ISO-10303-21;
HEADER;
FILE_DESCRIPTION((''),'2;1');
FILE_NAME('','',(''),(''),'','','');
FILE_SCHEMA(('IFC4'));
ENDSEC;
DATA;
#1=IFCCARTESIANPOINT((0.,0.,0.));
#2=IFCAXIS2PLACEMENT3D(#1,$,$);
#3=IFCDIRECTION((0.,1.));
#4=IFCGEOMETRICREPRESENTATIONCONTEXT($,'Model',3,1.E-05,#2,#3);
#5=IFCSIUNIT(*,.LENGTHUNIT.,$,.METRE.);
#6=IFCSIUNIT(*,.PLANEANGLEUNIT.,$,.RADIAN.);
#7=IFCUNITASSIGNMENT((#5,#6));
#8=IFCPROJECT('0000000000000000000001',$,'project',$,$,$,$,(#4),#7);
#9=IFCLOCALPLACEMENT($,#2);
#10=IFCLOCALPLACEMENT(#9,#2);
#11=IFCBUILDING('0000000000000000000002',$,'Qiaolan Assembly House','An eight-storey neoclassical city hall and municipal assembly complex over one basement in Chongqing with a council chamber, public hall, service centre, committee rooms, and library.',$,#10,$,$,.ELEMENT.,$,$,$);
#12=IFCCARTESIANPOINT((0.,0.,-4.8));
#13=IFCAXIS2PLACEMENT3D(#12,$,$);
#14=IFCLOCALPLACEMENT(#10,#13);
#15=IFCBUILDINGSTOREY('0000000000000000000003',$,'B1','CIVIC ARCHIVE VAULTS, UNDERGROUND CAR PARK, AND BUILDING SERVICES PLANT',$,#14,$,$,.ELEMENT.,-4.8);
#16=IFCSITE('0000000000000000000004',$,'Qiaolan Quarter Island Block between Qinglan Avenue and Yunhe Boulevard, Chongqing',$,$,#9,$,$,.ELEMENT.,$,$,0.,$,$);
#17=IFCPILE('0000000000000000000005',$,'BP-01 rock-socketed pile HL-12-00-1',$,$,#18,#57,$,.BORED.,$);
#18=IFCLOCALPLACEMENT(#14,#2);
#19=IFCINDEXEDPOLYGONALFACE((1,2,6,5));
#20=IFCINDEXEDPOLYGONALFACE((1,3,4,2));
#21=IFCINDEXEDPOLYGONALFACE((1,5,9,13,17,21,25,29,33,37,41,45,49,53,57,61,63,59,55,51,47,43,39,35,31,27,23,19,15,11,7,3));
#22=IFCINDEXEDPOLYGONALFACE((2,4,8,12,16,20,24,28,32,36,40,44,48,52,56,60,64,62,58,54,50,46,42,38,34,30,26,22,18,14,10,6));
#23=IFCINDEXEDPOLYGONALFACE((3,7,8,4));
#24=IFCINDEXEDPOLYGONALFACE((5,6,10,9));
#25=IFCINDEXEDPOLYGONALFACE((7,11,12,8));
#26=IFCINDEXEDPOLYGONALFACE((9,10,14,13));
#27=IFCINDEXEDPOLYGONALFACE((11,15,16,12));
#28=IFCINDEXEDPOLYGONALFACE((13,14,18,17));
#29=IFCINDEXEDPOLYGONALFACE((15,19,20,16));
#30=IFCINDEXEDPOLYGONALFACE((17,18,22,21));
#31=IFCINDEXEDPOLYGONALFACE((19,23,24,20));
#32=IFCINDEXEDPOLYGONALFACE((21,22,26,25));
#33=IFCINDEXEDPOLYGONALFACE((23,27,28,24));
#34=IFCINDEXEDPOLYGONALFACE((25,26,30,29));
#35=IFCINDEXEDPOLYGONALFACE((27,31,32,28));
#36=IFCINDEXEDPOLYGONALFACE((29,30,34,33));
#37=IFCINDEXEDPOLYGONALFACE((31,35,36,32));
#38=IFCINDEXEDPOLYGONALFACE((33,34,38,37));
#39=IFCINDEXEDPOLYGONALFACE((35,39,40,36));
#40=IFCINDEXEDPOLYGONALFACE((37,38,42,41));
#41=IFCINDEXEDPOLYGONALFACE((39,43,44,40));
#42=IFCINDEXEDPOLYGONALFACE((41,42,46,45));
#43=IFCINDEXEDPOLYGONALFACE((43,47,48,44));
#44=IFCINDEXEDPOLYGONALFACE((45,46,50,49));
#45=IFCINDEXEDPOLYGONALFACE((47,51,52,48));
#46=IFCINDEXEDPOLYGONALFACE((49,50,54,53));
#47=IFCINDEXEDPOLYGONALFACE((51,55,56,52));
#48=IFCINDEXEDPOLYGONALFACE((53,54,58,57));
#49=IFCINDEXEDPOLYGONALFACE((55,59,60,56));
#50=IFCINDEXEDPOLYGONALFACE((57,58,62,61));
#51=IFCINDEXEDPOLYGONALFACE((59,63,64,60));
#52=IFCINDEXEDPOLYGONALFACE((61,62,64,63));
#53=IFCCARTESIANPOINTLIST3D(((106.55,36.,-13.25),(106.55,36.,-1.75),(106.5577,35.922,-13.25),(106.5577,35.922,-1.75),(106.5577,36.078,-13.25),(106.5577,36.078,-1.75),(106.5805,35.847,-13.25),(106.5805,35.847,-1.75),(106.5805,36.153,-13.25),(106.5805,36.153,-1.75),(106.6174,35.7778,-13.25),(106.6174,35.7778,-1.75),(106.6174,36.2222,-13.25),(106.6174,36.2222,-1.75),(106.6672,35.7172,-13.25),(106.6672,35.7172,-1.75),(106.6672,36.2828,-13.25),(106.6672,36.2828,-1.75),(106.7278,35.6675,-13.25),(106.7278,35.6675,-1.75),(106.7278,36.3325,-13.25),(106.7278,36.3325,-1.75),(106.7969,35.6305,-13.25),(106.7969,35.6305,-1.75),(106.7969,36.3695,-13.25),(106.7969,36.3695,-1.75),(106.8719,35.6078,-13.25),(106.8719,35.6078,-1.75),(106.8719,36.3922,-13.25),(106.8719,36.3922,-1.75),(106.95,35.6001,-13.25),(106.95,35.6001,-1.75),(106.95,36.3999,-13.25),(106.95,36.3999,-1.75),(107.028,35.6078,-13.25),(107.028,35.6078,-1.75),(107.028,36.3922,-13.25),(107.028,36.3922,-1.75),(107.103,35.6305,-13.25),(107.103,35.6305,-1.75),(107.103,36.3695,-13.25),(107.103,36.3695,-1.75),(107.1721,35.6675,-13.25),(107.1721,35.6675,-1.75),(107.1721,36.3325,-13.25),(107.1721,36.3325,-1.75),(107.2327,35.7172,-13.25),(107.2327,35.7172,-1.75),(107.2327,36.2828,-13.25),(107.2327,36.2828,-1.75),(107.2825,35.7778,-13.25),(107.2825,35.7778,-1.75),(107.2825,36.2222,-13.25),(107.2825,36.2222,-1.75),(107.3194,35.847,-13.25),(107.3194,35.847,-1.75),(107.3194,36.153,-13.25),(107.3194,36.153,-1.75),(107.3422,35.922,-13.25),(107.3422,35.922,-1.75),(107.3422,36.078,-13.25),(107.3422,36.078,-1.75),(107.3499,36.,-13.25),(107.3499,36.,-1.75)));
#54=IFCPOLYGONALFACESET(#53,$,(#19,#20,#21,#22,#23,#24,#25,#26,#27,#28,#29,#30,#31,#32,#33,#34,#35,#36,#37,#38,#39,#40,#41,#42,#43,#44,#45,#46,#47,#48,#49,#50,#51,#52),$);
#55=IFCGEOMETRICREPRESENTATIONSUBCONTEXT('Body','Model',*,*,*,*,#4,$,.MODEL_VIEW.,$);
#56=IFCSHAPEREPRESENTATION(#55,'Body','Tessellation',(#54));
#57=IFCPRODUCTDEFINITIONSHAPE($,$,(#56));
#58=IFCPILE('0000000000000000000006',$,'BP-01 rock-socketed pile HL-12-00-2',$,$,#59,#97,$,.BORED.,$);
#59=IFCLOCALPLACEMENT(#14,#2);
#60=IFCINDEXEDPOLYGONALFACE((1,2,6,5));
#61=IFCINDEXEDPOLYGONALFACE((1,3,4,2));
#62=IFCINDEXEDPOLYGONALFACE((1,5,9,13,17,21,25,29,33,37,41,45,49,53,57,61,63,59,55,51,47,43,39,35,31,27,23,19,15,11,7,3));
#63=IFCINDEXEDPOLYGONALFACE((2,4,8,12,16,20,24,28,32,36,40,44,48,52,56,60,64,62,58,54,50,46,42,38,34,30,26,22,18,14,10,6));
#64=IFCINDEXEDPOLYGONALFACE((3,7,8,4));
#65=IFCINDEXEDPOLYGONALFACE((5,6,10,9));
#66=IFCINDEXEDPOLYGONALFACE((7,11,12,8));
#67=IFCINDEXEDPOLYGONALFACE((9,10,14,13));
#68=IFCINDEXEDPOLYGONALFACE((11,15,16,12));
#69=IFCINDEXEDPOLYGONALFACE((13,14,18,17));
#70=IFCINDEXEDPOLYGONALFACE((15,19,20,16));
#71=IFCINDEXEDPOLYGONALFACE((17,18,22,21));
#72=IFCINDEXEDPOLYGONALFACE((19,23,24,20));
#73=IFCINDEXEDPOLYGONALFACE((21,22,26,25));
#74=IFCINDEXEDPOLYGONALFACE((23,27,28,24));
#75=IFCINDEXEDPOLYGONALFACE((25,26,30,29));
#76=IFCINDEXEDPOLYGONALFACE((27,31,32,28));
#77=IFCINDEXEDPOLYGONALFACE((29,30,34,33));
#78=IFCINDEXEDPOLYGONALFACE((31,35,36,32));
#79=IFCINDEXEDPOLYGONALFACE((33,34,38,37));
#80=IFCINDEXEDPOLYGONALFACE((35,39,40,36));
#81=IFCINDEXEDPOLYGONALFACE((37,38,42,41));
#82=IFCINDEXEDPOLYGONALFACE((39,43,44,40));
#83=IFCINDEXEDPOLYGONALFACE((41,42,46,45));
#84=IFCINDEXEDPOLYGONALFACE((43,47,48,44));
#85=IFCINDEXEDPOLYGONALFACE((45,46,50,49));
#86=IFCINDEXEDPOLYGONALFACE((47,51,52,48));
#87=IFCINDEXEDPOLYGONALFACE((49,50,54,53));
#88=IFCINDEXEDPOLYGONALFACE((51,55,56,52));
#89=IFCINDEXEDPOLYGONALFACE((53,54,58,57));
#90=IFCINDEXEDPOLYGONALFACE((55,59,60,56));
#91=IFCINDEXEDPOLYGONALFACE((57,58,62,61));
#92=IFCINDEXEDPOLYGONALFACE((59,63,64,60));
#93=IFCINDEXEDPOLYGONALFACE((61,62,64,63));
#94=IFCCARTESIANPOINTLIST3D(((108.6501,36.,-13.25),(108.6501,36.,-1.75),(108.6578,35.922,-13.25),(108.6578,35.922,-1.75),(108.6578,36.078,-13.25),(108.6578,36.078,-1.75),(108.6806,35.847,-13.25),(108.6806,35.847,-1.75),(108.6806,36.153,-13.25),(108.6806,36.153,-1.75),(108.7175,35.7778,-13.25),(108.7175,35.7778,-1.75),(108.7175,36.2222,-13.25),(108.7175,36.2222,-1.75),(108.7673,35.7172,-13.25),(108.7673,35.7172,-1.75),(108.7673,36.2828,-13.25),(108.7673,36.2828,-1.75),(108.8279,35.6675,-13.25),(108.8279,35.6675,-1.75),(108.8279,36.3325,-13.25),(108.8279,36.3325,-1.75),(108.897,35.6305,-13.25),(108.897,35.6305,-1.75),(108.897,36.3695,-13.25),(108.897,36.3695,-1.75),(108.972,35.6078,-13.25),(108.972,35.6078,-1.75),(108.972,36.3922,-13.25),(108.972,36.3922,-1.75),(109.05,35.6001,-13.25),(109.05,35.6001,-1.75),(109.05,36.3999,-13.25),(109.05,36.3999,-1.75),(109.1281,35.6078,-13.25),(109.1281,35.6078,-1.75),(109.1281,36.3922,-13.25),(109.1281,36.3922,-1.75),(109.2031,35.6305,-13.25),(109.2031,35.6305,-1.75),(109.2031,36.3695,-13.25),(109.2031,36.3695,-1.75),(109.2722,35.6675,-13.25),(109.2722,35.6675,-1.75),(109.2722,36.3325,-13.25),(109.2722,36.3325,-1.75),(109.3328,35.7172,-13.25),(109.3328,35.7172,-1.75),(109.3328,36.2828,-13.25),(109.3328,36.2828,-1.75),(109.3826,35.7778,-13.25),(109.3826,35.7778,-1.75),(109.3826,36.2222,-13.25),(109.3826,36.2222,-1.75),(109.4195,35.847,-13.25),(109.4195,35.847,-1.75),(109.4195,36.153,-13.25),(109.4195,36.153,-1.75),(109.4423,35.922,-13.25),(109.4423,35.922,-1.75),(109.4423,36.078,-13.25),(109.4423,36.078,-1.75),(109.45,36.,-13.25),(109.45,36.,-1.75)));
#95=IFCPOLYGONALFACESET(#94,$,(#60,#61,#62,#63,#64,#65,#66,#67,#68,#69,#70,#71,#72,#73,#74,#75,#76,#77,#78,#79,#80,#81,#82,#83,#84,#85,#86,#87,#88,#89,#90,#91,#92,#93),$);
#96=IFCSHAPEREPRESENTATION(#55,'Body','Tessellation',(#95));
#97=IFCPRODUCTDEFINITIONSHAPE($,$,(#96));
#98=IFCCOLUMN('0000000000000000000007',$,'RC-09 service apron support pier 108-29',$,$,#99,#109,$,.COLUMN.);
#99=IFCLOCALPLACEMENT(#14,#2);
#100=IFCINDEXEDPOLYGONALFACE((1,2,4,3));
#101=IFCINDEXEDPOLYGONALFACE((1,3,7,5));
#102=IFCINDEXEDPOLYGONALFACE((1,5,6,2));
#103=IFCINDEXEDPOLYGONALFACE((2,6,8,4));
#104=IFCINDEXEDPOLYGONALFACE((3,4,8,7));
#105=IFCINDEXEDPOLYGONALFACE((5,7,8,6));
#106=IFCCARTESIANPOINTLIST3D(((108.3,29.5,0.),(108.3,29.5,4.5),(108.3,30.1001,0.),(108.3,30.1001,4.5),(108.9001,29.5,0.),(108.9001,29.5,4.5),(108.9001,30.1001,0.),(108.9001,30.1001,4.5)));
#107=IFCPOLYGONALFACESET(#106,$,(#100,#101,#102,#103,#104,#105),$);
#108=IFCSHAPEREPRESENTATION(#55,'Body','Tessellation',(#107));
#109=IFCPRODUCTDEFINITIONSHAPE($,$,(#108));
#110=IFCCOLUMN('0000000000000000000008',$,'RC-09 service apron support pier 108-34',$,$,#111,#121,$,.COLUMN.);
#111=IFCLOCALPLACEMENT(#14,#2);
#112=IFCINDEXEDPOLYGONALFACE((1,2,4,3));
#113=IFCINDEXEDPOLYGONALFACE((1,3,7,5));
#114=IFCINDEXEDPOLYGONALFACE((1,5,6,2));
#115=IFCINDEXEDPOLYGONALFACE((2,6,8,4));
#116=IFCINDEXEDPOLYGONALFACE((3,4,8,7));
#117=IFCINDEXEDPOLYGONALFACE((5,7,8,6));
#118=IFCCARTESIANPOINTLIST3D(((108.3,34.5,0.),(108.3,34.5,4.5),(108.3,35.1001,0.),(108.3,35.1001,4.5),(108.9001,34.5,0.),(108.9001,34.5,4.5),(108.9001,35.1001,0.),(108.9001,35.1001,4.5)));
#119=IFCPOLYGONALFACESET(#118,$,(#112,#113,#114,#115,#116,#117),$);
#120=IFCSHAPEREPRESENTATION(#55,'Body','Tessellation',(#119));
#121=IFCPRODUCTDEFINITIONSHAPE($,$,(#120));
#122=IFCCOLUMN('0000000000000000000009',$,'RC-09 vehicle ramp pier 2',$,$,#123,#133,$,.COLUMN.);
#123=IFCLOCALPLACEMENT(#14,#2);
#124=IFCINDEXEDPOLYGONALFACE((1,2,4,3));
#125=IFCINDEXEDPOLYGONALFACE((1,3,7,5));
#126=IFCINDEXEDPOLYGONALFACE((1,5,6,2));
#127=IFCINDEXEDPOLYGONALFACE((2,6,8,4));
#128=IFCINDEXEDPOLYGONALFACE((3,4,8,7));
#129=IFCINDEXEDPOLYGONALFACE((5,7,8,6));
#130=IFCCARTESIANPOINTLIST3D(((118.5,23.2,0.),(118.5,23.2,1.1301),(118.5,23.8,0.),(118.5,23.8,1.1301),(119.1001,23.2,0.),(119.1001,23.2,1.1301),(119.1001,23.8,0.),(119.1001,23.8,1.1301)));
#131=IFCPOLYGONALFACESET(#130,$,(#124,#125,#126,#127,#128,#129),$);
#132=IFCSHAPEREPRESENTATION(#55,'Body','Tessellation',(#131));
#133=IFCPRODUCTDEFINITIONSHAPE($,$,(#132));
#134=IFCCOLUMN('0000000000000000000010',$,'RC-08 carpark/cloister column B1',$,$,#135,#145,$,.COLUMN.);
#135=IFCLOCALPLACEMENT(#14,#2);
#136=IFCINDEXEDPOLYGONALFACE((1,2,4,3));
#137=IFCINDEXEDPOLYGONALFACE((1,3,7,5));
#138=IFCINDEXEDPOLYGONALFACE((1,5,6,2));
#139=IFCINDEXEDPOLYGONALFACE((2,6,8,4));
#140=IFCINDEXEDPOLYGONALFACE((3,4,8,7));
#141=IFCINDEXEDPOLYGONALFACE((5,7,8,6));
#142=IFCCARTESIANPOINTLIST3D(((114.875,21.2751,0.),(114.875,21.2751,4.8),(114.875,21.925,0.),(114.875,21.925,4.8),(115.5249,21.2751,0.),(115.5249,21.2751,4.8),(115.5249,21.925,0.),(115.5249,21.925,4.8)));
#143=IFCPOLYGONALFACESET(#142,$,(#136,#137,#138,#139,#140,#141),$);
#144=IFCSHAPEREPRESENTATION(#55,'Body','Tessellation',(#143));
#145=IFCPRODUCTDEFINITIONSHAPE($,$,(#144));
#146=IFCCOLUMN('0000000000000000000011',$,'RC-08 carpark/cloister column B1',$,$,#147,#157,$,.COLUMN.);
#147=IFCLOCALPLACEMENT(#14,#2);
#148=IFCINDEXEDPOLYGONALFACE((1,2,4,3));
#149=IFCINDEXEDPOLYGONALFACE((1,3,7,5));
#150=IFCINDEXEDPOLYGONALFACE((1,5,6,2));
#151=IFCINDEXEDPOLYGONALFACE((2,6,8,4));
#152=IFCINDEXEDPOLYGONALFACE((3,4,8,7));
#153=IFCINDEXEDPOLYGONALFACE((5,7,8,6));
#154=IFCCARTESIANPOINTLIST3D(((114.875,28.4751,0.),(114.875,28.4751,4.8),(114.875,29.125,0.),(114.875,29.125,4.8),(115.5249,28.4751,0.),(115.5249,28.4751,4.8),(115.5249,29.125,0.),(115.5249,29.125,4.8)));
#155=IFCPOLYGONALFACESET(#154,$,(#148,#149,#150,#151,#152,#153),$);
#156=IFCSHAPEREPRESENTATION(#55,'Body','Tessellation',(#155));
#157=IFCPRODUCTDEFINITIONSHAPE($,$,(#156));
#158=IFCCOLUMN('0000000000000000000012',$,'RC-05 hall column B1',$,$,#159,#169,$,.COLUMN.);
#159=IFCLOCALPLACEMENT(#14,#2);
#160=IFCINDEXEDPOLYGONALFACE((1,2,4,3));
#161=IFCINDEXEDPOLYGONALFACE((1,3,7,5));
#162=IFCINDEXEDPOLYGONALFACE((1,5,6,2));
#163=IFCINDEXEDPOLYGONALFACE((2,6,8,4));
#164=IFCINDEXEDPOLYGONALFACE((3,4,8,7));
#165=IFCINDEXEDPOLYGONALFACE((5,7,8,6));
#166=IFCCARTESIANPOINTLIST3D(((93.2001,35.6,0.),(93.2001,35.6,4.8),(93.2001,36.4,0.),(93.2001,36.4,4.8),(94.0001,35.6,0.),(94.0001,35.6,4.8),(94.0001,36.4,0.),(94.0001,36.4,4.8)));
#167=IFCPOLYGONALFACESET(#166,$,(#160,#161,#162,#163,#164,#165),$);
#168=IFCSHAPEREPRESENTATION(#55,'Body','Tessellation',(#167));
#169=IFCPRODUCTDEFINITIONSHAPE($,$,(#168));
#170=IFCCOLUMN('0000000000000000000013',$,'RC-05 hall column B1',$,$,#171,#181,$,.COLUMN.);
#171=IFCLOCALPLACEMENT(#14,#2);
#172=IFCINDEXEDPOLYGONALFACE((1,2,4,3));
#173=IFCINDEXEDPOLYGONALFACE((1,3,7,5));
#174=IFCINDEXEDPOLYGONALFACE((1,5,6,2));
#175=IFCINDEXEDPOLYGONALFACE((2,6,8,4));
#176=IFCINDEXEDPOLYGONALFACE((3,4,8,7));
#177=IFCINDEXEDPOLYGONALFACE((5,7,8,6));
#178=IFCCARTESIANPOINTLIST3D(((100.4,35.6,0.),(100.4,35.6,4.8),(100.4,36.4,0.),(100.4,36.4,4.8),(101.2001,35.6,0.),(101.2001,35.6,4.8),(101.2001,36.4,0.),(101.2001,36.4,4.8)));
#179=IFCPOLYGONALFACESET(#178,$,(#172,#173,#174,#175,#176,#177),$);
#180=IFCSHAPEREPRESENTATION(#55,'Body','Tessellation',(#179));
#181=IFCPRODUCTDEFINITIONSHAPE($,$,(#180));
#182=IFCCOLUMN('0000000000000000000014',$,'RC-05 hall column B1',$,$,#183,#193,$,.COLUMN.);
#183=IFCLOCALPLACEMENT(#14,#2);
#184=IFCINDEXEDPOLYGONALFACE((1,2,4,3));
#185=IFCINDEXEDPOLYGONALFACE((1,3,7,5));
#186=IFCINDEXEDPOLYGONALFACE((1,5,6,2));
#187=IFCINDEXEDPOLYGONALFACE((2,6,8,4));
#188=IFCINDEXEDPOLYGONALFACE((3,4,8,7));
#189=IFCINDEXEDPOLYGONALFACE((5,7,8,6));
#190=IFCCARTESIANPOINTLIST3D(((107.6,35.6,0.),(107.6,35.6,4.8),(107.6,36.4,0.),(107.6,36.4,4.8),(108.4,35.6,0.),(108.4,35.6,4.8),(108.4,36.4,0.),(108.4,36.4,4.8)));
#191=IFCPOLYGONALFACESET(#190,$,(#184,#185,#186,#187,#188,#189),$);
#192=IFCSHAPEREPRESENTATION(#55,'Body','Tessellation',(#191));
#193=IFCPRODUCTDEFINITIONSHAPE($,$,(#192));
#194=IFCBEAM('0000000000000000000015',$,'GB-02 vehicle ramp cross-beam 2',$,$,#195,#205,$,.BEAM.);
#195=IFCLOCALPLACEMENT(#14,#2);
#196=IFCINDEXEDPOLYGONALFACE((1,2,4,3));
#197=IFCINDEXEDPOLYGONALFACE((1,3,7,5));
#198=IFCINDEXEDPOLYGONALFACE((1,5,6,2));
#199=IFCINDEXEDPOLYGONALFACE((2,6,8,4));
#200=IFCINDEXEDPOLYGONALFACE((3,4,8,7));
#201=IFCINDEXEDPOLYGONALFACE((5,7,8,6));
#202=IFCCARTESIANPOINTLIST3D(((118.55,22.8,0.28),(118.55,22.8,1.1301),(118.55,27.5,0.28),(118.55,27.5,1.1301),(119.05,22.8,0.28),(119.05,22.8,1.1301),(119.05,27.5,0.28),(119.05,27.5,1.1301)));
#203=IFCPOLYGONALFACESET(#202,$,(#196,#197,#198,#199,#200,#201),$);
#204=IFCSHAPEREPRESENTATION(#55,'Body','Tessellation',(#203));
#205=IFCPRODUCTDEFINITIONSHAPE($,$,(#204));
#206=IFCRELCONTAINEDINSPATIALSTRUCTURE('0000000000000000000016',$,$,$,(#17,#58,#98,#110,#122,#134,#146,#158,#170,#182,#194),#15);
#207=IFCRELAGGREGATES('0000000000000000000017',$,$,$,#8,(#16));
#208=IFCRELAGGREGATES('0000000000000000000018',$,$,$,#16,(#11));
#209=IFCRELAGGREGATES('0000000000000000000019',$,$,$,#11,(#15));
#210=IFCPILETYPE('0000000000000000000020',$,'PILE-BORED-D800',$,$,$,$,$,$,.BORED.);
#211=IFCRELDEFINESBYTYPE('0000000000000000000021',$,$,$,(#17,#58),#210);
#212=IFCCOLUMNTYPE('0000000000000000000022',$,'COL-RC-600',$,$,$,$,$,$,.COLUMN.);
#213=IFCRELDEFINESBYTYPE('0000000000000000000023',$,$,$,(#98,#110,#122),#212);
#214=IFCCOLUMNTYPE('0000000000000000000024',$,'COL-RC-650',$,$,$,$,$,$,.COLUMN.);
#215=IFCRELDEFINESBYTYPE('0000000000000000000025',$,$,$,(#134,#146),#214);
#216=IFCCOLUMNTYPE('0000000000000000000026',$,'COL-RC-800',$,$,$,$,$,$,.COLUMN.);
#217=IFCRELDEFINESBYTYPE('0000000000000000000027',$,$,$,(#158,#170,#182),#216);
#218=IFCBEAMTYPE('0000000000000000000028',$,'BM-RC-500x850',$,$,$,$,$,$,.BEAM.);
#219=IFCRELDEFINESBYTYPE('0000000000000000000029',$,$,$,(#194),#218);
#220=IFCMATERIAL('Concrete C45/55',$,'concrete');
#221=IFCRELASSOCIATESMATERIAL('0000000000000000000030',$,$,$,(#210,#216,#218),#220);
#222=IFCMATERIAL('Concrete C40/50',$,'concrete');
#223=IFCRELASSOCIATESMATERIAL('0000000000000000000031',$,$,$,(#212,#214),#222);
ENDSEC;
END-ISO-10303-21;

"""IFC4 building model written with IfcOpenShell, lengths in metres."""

from ifc_helpers import new_model, si_unit, direction, frame, origin, origin_2d, place, context, subcontext, project, spatial, rectangle, circle, extrude, material, material_profile, profile_set, type_object, element, save


model = new_model("IFC4")

# Units and contexts
model_context = context("Model", 3, precision=1e-05, world=origin(), true_north=direction((0.0, 1.0)))
body_context = subcontext(model_context, "Body", "Model", "MODEL_VIEW")
ifc_project = project(units=[si_unit("LENGTHUNIT", "METRE"), si_unit("PLANEANGLEUNIT", "RADIAN")], contexts=[model_context])

# Site, building, storey
site_placement = place(None, origin())
site = spatial("IfcSite", under=ifc_project, at=site_placement, Name="Qiaolan Quarter Island Block between Qinglan Avenue and Yunhe Boulevard, Chongqing", CompositionType="ELEMENT", RefElevation=0.0)
building_placement = place(site_placement, origin())
building = spatial("IfcBuilding", under=site, at=building_placement, Name="Qiaolan Assembly House", Description="An eight-storey neoclassical city hall and municipal assembly complex over one basement in Chongqing with a council chamber, public hall, service centre, committee rooms, and library.", CompositionType="ELEMENT")
storey_placement = place(building_placement, frame((0.0, 0.0, -4.8)))
storey = spatial("IfcBuildingStorey", under=building, at=storey_placement, Name="B1", Description="CIVIC ARCHIVE VAULTS, UNDERGROUND CAR PARK, AND BUILDING SERVICES PLANT", CompositionType="ELEMENT", Elevation=-4.8)

# Shared definitions
ifc_material_1 = material(Name="Concrete C40/50", Category="concrete")

# Piles
ifc_material_2 = material(Name="Concrete C45/55", Category="concrete")
ifc_material_profile_1 = material_profile(ifc_material_2, circle(Radius=0.3999, at=origin_2d()), Name="PILE D800")
ifc_profile_set_1 = profile_set([ifc_material_profile_1], Name="Concrete C45/55")
pile_type = type_object("IfcPileType", Name="PILE-BORED-D800", PredefinedType="BORED", material=ifc_profile_set_1)
for number, where, z_axis, x_axis, name in (
    (1, (106.95, 36.0, -1.75), (0.0, 0.0, -1.0), (1.0, 0.0, 0.0), "BP-01 rock-socketed pile HL-12-00-1"),
    (2, (109.05, 36.0, -1.75), (0.0, 0.0, -1.0), (1.0, 0.0, 0.0), "BP-01 rock-socketed pile HL-12-00-2"),
):
    element("IfcPile", number, at=place(storey_placement, frame(where, z_axis=z_axis, x_axis=x_axis)), inside=storey, type_object=pile_type, Name=name, PredefinedType="BORED", context=body_context, shape_type="SweptSolid", body=[
        extrude(circle(Radius=0.3999, at=origin_2d()), origin(), (0.0, 0.0, 1.0), 11.5),
    ])

# Columns
ifc_material_profile_2 = material_profile(ifc_material_1, rectangle(XDim=0.6001, YDim=0.6001, at=origin_2d()), Name="RC 600x600")
ifc_profile_set_2 = profile_set([ifc_material_profile_2], Name="Concrete C40/50")
column_type_1 = type_object("IfcColumnType", Name="COL-RC-600", PredefinedType="COLUMN", material=ifc_profile_set_2)
for number, where, z_axis, x_axis, name in (
    (3, (108.6001, 29.8, 0.0), (0.0, 0.0, 1.0), (1.0, 0.0, 0.0), "RC-09 service apron support pier 108-29"),
    (4, (108.6001, 34.8, 0.0), (0.0, 0.0, 1.0), (1.0, 0.0, 0.0), "RC-09 service apron support pier 108-34"),
):
    element("IfcColumn", number, at=place(storey_placement, frame(where, z_axis=z_axis, x_axis=x_axis)), inside=storey, type_object=column_type_1, Name=name, PredefinedType="COLUMN", context=body_context, shape_type="SweptSolid", body=[
        extrude(rectangle(XDim=0.6001, YDim=0.6001, at=origin_2d()), origin(), (0.0, 0.0, 1.0), 4.5),
    ])
column_placement = place(storey_placement, frame((118.8, 23.5, 0.0), z_axis=(0.0, 0.0, 1.0), x_axis=(1.0, 0.0, 0.0)))
element("IfcColumn", 5, at=column_placement, inside=storey, type_object=column_type_1, Name="RC-09 vehicle ramp pier 2", PredefinedType="COLUMN", context=body_context, shape_type="SweptSolid", body=[
    extrude(rectangle(XDim=0.6001, YDim=0.6001, at=origin_2d()), origin(), (0.0, 0.0, 1.0), 1.1301),
])
ifc_material_profile_3 = material_profile(ifc_material_1, rectangle(XDim=0.6499, YDim=0.6499, at=origin_2d()), Name="RC 650x650")
ifc_profile_set_3 = profile_set([ifc_material_profile_3], Name="Concrete C40/50")
column_type_2 = type_object("IfcColumnType", Name="COL-RC-650", PredefinedType="COLUMN", material=ifc_profile_set_3)
for number, where, z_axis, x_axis, name in (
    (6, (115.2, 21.6001, 0.0), (0.0, 0.0, 1.0), (1.0, 0.0, 0.0), "RC-08 carpark/cloister column B1"),
    (7, (115.2, 28.8, 0.0), (0.0, 0.0, 1.0), (1.0, 0.0, 0.0), "RC-08 carpark/cloister column B1"),
):
    element("IfcColumn", number, at=place(storey_placement, frame(where, z_axis=z_axis, x_axis=x_axis)), inside=storey, type_object=column_type_2, Name=name, PredefinedType="COLUMN", context=body_context, shape_type="SweptSolid", body=[
        extrude(rectangle(XDim=0.6499, YDim=0.6499, at=origin_2d()), origin(), (0.0, 0.0, 1.0), 4.8),
    ])
ifc_material_profile_4 = material_profile(ifc_material_2, rectangle(XDim=0.8, YDim=0.8, at=origin_2d()), Name="RC 800x800")
ifc_profile_set_4 = profile_set([ifc_material_profile_4], Name="Concrete C45/55")
column_type_3 = type_object("IfcColumnType", Name="COL-RC-800", PredefinedType="COLUMN", material=ifc_profile_set_4)
for number, where, z_axis, x_axis, name in (
    (8, (93.6001, 36.0, 0.0), (0.0, 0.0, 1.0), (1.0, 0.0, 0.0), "RC-05 hall column B1"),
    (9, (100.8, 36.0, 0.0), (0.0, 0.0, 1.0), (1.0, 0.0, 0.0), "RC-05 hall column B1"),
    (10, (108.0, 36.0, 0.0), (0.0, 0.0, 1.0), (1.0, 0.0, 0.0), "RC-05 hall column B1"),
):
    element("IfcColumn", number, at=place(storey_placement, frame(where, z_axis=z_axis, x_axis=x_axis)), inside=storey, type_object=column_type_3, Name=name, PredefinedType="COLUMN", context=body_context, shape_type="SweptSolid", body=[
        extrude(rectangle(XDim=0.8, YDim=0.8, at=origin_2d()), origin(), (0.0, 0.0, 1.0), 4.8),
    ])

# Beam
ifc_material_profile_5 = material_profile(ifc_material_2, rectangle(XDim=0.5, YDim=0.8501, at=origin_2d()), Name="RCB 500x850")
ifc_profile_set_5 = profile_set([ifc_material_profile_5], Name="Concrete C45/55")
beam_type = type_object("IfcBeamType", Name="BM-RC-500x850", PredefinedType="BEAM", material=ifc_profile_set_5)
beam_placement = place(storey_placement, frame((118.8, 22.8, 0.7051), z_axis=(0.0, 1.0, 0.0), x_axis=(-1.0, 0.0, 0.0)))
element("IfcBeam", 11, at=beam_placement, inside=storey, type_object=beam_type, Name="GB-02 vehicle ramp cross-beam 2", PredefinedType="BEAM", context=body_context, shape_type="SweptSolid", body=[
    extrude(rectangle(XDim=0.5, YDim=0.8501, at=origin_2d()), origin(), (0.0, 0.0, 1.0), 4.7),
])

save(model, "model.ifc")
